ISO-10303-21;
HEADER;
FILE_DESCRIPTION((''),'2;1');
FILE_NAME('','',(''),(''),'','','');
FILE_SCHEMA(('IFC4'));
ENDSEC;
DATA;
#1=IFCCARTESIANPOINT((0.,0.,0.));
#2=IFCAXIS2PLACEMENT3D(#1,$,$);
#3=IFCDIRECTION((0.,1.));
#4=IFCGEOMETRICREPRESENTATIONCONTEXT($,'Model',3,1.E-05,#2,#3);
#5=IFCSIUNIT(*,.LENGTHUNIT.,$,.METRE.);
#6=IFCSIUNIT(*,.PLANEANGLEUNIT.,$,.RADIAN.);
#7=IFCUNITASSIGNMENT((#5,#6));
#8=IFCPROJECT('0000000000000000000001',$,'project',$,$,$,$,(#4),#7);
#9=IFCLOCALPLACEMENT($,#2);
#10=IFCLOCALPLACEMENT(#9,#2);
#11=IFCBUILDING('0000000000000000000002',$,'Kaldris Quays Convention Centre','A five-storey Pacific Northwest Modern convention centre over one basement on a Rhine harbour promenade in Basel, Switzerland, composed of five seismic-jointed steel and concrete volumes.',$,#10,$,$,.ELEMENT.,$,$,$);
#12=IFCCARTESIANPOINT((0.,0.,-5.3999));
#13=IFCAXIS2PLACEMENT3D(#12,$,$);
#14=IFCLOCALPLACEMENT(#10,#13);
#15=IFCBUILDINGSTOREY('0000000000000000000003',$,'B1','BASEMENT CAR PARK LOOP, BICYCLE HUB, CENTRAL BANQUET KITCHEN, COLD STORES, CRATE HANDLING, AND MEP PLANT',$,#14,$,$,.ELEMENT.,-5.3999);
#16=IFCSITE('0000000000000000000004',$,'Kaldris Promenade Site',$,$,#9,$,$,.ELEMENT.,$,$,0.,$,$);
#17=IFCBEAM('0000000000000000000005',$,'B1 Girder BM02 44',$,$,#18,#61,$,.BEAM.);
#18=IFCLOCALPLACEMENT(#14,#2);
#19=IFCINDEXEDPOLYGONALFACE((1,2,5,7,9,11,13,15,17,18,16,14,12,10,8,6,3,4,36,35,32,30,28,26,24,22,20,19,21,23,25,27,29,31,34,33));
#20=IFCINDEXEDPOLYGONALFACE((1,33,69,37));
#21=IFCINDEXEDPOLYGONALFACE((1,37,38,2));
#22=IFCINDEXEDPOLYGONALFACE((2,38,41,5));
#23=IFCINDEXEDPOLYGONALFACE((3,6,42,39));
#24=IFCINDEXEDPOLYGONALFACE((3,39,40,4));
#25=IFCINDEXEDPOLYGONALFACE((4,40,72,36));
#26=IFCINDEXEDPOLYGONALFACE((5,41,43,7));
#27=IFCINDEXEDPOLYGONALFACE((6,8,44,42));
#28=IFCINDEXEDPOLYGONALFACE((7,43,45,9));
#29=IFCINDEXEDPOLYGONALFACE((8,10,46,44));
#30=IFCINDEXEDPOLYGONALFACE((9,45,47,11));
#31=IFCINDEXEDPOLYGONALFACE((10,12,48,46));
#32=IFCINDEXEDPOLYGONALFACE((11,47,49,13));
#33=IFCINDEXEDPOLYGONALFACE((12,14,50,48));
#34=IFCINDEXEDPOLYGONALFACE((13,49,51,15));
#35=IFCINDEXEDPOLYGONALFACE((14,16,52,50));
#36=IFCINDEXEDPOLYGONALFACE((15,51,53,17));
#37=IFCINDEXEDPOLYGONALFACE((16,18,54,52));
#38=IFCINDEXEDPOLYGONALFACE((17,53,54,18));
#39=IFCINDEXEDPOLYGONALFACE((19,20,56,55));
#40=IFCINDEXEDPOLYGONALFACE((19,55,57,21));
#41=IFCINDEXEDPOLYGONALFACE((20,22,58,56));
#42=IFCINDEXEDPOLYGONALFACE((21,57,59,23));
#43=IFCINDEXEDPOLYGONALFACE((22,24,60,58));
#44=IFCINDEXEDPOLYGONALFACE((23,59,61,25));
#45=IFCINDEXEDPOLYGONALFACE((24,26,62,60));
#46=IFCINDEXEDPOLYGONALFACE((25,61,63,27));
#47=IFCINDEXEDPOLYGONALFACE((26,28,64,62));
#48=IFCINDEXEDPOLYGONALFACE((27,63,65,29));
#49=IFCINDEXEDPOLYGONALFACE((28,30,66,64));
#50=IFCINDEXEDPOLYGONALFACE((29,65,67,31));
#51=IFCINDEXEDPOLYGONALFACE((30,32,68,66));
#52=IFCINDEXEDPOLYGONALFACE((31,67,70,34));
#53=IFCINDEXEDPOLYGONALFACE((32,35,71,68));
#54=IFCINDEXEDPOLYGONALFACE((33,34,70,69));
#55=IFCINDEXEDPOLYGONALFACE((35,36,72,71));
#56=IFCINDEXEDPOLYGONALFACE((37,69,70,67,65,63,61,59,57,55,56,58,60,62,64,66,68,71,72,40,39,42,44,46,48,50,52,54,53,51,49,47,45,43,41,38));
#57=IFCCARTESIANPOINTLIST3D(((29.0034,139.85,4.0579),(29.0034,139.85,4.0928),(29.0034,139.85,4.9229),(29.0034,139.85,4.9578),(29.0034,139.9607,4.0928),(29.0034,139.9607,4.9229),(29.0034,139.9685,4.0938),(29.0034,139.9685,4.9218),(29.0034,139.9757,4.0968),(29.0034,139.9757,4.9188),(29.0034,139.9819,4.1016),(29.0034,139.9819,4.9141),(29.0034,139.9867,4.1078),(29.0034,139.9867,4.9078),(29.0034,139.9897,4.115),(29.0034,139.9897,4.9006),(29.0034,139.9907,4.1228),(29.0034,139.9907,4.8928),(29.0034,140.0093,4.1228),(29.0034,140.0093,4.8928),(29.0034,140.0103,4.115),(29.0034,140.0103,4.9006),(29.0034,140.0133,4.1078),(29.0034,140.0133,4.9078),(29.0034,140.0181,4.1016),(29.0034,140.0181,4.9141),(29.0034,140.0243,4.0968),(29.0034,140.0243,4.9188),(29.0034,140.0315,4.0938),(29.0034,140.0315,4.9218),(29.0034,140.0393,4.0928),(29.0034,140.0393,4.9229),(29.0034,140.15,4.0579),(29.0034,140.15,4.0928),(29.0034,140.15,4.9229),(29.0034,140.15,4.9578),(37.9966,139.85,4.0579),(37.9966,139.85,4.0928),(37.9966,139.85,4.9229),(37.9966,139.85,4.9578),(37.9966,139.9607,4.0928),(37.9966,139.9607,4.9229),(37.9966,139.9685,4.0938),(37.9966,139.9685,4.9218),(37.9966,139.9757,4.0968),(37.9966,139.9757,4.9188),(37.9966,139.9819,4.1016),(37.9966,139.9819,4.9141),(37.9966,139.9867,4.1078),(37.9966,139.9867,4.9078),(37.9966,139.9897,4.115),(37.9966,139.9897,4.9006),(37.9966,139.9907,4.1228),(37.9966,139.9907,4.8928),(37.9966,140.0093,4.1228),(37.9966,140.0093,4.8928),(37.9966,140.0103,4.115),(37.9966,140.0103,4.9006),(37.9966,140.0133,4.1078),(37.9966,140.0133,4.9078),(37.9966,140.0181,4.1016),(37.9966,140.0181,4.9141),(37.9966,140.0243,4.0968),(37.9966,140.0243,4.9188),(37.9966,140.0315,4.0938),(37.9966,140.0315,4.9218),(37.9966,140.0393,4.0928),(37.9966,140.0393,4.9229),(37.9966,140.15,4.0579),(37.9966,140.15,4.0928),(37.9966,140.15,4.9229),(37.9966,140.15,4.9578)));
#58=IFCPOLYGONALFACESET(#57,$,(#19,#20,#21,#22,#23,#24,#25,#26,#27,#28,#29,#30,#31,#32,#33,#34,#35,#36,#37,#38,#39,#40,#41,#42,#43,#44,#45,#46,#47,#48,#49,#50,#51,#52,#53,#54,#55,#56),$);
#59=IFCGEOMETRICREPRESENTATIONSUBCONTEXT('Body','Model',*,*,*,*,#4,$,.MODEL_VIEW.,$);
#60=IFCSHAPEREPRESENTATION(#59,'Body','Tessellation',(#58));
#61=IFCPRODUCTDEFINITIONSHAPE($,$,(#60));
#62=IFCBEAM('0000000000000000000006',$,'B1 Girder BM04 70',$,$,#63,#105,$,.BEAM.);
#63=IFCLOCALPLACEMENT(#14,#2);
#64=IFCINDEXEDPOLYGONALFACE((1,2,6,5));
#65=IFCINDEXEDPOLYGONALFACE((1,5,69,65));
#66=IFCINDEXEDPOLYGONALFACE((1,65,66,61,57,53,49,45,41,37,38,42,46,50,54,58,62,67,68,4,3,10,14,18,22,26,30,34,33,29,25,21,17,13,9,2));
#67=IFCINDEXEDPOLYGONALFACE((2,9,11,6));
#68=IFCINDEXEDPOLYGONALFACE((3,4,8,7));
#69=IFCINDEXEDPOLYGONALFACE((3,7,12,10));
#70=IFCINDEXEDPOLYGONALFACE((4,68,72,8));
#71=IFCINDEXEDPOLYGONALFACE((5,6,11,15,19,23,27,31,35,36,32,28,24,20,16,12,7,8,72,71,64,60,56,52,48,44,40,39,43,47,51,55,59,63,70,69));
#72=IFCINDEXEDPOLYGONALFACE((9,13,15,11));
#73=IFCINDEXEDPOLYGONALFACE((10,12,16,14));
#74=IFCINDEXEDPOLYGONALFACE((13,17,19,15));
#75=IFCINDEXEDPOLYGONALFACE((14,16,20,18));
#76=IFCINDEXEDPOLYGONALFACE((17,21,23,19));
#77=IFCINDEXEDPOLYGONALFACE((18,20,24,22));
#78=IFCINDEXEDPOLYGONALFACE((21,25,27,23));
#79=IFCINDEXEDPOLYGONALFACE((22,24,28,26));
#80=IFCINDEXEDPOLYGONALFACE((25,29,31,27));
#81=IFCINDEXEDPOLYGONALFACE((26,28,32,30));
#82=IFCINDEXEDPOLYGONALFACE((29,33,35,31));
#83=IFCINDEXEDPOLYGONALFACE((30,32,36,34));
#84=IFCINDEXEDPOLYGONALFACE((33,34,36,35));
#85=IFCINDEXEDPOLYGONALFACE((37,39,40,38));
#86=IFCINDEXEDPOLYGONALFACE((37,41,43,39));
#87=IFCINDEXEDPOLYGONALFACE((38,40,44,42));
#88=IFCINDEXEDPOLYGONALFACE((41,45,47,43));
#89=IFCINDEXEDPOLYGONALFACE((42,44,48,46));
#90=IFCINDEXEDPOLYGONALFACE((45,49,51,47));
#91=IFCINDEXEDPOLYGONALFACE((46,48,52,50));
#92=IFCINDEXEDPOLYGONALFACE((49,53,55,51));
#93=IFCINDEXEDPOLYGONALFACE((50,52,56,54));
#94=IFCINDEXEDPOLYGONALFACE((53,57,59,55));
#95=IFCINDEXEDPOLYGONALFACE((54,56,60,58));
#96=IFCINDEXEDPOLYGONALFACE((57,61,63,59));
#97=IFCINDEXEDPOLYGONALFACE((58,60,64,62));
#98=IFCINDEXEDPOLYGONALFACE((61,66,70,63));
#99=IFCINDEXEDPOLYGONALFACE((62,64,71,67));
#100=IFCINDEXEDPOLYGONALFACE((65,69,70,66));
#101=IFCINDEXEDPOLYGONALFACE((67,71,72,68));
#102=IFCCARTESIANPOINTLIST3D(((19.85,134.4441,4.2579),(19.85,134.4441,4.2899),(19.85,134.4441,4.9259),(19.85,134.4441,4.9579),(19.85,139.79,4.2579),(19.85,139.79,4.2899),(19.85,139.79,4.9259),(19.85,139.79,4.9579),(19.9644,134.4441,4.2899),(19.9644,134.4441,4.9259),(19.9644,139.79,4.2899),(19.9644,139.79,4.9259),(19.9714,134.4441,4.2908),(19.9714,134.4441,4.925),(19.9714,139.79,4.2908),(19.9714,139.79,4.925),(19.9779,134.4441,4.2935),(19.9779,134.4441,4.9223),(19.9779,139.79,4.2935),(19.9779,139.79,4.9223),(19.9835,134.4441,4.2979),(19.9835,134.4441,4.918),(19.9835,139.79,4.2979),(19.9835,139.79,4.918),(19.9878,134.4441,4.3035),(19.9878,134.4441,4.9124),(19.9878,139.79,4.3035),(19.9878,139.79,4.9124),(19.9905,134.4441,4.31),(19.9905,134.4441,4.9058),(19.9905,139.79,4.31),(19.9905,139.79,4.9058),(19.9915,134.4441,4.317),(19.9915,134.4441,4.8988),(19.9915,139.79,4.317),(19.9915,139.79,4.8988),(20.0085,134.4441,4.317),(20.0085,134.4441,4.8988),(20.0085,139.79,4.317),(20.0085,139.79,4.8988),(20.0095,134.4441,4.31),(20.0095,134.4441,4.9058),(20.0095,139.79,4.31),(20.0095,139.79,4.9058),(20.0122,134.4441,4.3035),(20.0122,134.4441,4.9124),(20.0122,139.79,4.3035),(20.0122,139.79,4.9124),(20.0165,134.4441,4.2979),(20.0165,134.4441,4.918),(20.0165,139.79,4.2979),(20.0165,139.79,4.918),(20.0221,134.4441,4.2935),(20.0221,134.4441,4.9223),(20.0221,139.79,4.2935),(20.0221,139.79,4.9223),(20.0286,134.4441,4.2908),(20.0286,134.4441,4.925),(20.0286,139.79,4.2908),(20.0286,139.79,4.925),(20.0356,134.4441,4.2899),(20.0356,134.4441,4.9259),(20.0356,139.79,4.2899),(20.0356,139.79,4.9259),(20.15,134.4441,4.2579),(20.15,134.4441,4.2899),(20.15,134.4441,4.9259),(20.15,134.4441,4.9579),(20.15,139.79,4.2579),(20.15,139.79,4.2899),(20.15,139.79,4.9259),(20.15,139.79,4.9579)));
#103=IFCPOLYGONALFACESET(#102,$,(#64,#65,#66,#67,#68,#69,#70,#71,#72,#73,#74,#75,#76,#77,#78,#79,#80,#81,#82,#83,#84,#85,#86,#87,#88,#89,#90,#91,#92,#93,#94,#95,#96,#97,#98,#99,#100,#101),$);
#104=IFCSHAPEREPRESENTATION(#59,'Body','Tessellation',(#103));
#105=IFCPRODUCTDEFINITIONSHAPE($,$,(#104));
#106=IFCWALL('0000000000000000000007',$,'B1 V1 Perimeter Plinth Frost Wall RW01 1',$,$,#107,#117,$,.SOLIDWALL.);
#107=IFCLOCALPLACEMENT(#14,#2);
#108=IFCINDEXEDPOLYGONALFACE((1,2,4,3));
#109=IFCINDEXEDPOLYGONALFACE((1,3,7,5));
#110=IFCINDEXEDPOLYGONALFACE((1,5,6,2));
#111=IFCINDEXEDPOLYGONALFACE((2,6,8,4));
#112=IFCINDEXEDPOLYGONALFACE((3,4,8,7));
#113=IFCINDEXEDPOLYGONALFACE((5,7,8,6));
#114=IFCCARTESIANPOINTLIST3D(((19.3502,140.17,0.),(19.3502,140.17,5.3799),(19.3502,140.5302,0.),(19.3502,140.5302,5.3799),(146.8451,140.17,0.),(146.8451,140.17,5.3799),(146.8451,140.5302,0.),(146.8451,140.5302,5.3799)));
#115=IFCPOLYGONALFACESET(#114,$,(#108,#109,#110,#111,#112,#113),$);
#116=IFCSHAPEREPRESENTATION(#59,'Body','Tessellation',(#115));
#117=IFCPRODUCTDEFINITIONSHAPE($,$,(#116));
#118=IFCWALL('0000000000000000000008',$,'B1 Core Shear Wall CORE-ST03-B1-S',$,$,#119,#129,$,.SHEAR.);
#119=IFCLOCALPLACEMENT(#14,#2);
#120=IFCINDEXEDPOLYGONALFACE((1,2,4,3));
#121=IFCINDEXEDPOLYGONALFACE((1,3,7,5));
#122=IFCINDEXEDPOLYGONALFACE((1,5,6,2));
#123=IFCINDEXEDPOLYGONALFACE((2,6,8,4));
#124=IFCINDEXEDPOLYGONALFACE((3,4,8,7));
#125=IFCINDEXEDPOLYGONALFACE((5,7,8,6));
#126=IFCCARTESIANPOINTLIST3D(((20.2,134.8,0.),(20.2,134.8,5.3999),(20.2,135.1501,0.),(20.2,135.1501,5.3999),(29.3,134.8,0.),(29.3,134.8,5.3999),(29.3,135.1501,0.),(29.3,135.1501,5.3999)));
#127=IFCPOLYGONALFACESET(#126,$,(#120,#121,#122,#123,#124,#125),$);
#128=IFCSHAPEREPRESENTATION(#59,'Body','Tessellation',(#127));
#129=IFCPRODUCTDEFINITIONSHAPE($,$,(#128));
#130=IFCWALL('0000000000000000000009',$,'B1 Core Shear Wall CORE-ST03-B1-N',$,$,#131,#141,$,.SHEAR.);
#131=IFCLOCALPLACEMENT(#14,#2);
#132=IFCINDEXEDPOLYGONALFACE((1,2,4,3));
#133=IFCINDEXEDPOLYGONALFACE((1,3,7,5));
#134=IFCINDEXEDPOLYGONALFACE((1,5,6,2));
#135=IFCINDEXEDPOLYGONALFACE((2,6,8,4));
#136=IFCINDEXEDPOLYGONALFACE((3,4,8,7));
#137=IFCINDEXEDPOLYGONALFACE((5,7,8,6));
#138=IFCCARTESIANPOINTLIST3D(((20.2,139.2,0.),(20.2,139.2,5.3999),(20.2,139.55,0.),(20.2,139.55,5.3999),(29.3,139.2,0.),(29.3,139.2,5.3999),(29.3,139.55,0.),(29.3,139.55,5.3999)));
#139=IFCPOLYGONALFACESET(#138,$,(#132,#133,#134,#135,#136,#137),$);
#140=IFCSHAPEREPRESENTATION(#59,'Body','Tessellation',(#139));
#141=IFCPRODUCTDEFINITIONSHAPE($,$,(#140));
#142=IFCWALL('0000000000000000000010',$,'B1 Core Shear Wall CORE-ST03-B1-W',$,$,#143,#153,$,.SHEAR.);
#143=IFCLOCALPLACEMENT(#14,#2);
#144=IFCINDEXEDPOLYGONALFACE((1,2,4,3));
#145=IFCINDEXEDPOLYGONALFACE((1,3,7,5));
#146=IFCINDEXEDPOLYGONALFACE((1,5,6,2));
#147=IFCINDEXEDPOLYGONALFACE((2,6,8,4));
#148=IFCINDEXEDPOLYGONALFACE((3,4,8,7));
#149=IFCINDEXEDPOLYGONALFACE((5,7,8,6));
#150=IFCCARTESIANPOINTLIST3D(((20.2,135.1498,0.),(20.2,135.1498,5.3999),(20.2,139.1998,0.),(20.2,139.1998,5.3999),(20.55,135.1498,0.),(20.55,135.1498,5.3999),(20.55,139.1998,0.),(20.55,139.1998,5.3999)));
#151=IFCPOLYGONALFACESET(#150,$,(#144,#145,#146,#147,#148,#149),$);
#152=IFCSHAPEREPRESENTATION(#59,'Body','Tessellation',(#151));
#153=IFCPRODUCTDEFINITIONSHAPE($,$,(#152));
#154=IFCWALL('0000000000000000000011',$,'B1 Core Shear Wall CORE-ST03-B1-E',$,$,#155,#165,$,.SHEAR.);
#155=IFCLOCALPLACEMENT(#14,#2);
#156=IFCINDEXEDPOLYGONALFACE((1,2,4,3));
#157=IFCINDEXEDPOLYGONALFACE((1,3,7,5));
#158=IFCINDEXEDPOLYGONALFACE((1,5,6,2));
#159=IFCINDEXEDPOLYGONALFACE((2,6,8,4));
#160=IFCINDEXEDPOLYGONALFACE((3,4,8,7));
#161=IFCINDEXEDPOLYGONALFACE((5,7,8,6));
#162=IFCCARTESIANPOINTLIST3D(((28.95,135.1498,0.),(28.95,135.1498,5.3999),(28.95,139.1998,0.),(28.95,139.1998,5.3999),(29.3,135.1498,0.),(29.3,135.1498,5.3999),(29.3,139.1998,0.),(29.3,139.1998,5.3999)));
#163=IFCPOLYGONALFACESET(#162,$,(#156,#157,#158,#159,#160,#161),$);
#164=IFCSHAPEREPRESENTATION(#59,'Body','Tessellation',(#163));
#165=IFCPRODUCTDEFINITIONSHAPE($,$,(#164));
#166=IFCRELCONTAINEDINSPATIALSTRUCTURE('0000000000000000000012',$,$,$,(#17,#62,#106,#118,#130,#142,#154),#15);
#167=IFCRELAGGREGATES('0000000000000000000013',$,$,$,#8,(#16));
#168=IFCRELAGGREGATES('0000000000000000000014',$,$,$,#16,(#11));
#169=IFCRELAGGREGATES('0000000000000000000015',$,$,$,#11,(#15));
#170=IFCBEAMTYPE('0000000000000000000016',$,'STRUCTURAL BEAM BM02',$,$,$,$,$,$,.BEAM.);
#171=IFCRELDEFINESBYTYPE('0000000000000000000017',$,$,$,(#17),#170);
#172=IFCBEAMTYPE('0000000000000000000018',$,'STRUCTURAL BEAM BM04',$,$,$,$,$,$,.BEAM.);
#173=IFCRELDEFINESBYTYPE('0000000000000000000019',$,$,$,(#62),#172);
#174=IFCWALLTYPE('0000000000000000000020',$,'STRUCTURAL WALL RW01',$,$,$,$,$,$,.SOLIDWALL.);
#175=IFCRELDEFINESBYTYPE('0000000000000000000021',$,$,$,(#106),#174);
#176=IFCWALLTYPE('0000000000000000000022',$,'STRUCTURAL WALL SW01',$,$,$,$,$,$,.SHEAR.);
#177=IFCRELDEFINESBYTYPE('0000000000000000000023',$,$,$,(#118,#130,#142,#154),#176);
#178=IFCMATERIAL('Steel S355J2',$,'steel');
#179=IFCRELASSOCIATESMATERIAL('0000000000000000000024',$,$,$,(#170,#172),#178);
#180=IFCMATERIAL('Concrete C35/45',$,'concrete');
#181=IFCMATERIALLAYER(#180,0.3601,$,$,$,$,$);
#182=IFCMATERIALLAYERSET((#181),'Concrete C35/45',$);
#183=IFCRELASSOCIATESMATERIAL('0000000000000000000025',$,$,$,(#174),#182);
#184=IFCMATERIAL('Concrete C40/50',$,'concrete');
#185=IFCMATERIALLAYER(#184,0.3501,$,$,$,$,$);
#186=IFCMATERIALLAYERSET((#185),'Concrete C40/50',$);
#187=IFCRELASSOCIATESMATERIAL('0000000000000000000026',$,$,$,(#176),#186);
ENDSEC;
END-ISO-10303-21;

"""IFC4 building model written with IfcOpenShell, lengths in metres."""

from ifc_helpers import new_model, si_unit, direction, frame, frame_2d, origin, origin_2d, place, context, subcontext, project, spatial, rectangle, i_section, extrude, material, layer, layer_set, material_profile, profile_set, type_object, element, save


model = new_model("IFC4")

# Units and contexts
model_context = context("Model", 3, precision=1e-05, world=origin(), true_north=direction((0.0, 1.0)))
body_context = subcontext(model_context, "Body", "Model", "MODEL_VIEW")
ifc_project = project(units=[si_unit("LENGTHUNIT", "METRE"), si_unit("PLANEANGLEUNIT", "RADIAN")], contexts=[model_context])

# Site, building, storey
site_placement = place(None, origin())
site = spatial("IfcSite", under=ifc_project, at=site_placement, Name="Kaldris Promenade Site", CompositionType="ELEMENT", RefElevation=0.0)
building_placement = place(site_placement, origin())
building = spatial("IfcBuilding", under=site, at=building_placement, Name="Kaldris Quays Convention Centre", Description="A five-storey Pacific Northwest Modern convention centre over one basement on a Rhine harbour promenade in Basel, Switzerland, composed of five seismic-jointed steel and concrete volumes.", CompositionType="ELEMENT")
storey_placement = place(building_placement, frame((0.0, 0.0, -5.3999)))
storey = spatial("IfcBuildingStorey", under=building, at=storey_placement, Name="B1", Description="BASEMENT CAR PARK LOOP, BICYCLE HUB, CENTRAL BANQUET KITCHEN, COLD STORES, CRATE HANDLING, AND MEP PLANT", CompositionType="ELEMENT", Elevation=-5.3999)

# Shared definitions
ifc_material_1 = material(Name="Concrete C35/45", Category="concrete")

# Shared definitions
ifc_material_2 = material(Name="Steel S355J2", Category="steel")

# Beams
ifc_material_profile_1 = material_profile(ifc_material_2, i_section(OverallWidth=0.3, OverallDepth=0.8999, WebThickness=0.0186, FlangeThickness=0.0349, FilletRadius=0.03, at=origin_2d()), Name="HEB 900")
ifc_profile_set_1 = profile_set([ifc_material_profile_1], Name="Steel S355J2")
beam_type_1 = type_object("IfcBeamType", Name="STRUCTURAL BEAM BM02", PredefinedType="BEAM", material=ifc_profile_set_1)
beam_1_placement = place(storey_placement, frame((29.0034, 140.0, 4.5078), z_axis=(1.0, 0.0, 0.0), x_axis=(0.0, 1.0, 0.0)))
element("IfcBeam", 1, at=beam_1_placement, inside=storey, type_object=beam_type_1, Name="B1 Girder BM02 44", PredefinedType="BEAM", context=body_context, shape_type="SweptSolid", body=[
    extrude(i_section(OverallWidth=0.3, OverallDepth=0.8999, WebThickness=0.0186, FlangeThickness=0.0349, FilletRadius=0.03, at=origin_2d()), origin(), (0.0, 0.0, 1.0), 8.9932),
])
ifc_material_profile_2 = material_profile(ifc_material_2, i_section(OverallWidth=0.3, OverallDepth=0.7, WebThickness=0.0171, FlangeThickness=0.032, FilletRadius=0.0271, at=origin_2d()), Name="HEB 700")
ifc_profile_set_2 = profile_set([ifc_material_profile_2], Name="Steel S355J2")
beam_type_2 = type_object("IfcBeamType", Name="STRUCTURAL BEAM BM04", PredefinedType="BEAM", material=ifc_profile_set_2)
beam_2_placement = place(storey_placement, frame((20.0, 134.4441, 4.6079), z_axis=(0.0, 1.0, 0.0), x_axis=(-1.0, 0.0, 0.0)))
element("IfcBeam", 2, at=beam_2_placement, inside=storey, type_object=beam_type_2, Name="B1 Girder BM04 70", PredefinedType="BEAM", context=body_context, shape_type="SweptSolid", body=[
    extrude(i_section(OverallWidth=0.3, OverallDepth=0.7, WebThickness=0.0171, FlangeThickness=0.032, FilletRadius=0.0271, at=origin_2d()), origin(), (0.0, 0.0, 1.0), 5.3459),
])

# Walls
ifc_layer_1 = layer(ifc_material_1, 0.3601)
ifc_layer_set_1 = layer_set([ifc_layer_1], Name="Concrete C35/45")
wall_type_1 = type_object("IfcWallType", Name="STRUCTURAL WALL RW01", PredefinedType="SOLIDWALL", material=ifc_layer_set_1)
wall_placement = place(storey_placement, frame((19.3501, 140.3501, 0.0), z_axis=(0.0, 0.0, 1.0), x_axis=(1.0, 0.0, 0.0)))
element("IfcWall", 3, at=wall_placement, inside=storey, type_object=wall_type_1, Name="B1 V1 Perimeter Plinth Frost Wall RW01 1", PredefinedType="SOLIDWALL", context=body_context, shape_type="SweptSolid", body=[
    extrude(rectangle(XDim=127.4949, YDim=0.3601, at=frame_2d((63.7476, 0.0))), origin(), (0.0, 0.0, 1.0), 5.3799),
])
ifc_material_3 = material(Name="Concrete C40/50", Category="concrete")
ifc_layer_2 = layer(ifc_material_3, 0.3501)
ifc_layer_set_2 = layer_set([ifc_layer_2], Name="Concrete C40/50")
wall_type_2 = type_object("IfcWallType", Name="STRUCTURAL WALL SW01", PredefinedType="SHEAR", material=ifc_layer_set_2)
for number, where, z_axis, x_axis, name in (
    (4, (20.2, 134.9751, 0.0), (0.0, 0.0, 1.0), (1.0, 0.0, 0.0), "B1 Core Shear Wall CORE-ST03-B1-S"),
    (5, (20.2, 139.375, 0.0), (0.0, 0.0, 1.0), (1.0, 0.0, 0.0), "B1 Core Shear Wall CORE-ST03-B1-N"),
):
    element("IfcWall", number, at=place(storey_placement, frame(where, z_axis=z_axis, x_axis=x_axis)), inside=storey, type_object=wall_type_2, Name=name, PredefinedType="SHEAR", context=body_context, shape_type="SweptSolid", body=[
        extrude(rectangle(XDim=9.1001, YDim=0.3501, at=frame_2d((4.55, 0.0))), origin(), (0.0, 0.0, 1.0), 5.3999),
    ])
for number, where, z_axis, x_axis, name in (
    (6, (20.375, 135.1499, 0.0), (0.0, 0.0, 1.0), (0.0, 1.0, 0.0), "B1 Core Shear Wall CORE-ST03-B1-W"),
    (7, (29.125, 135.1499, 0.0), (0.0, 0.0, 1.0), (0.0, 1.0, 0.0), "B1 Core Shear Wall CORE-ST03-B1-E"),
):
    element("IfcWall", number, at=place(storey_placement, frame(where, z_axis=z_axis, x_axis=x_axis)), inside=storey, type_object=wall_type_2, Name=name, PredefinedType="SHEAR", context=body_context, shape_type="SweptSolid", body=[
        extrude(rectangle(XDim=4.05, YDim=0.3501, at=frame_2d((2.0249, 0.0))), origin(), (0.0, 0.0, 1.0), 5.3999),
    ])

save(model, "model.ifc")
